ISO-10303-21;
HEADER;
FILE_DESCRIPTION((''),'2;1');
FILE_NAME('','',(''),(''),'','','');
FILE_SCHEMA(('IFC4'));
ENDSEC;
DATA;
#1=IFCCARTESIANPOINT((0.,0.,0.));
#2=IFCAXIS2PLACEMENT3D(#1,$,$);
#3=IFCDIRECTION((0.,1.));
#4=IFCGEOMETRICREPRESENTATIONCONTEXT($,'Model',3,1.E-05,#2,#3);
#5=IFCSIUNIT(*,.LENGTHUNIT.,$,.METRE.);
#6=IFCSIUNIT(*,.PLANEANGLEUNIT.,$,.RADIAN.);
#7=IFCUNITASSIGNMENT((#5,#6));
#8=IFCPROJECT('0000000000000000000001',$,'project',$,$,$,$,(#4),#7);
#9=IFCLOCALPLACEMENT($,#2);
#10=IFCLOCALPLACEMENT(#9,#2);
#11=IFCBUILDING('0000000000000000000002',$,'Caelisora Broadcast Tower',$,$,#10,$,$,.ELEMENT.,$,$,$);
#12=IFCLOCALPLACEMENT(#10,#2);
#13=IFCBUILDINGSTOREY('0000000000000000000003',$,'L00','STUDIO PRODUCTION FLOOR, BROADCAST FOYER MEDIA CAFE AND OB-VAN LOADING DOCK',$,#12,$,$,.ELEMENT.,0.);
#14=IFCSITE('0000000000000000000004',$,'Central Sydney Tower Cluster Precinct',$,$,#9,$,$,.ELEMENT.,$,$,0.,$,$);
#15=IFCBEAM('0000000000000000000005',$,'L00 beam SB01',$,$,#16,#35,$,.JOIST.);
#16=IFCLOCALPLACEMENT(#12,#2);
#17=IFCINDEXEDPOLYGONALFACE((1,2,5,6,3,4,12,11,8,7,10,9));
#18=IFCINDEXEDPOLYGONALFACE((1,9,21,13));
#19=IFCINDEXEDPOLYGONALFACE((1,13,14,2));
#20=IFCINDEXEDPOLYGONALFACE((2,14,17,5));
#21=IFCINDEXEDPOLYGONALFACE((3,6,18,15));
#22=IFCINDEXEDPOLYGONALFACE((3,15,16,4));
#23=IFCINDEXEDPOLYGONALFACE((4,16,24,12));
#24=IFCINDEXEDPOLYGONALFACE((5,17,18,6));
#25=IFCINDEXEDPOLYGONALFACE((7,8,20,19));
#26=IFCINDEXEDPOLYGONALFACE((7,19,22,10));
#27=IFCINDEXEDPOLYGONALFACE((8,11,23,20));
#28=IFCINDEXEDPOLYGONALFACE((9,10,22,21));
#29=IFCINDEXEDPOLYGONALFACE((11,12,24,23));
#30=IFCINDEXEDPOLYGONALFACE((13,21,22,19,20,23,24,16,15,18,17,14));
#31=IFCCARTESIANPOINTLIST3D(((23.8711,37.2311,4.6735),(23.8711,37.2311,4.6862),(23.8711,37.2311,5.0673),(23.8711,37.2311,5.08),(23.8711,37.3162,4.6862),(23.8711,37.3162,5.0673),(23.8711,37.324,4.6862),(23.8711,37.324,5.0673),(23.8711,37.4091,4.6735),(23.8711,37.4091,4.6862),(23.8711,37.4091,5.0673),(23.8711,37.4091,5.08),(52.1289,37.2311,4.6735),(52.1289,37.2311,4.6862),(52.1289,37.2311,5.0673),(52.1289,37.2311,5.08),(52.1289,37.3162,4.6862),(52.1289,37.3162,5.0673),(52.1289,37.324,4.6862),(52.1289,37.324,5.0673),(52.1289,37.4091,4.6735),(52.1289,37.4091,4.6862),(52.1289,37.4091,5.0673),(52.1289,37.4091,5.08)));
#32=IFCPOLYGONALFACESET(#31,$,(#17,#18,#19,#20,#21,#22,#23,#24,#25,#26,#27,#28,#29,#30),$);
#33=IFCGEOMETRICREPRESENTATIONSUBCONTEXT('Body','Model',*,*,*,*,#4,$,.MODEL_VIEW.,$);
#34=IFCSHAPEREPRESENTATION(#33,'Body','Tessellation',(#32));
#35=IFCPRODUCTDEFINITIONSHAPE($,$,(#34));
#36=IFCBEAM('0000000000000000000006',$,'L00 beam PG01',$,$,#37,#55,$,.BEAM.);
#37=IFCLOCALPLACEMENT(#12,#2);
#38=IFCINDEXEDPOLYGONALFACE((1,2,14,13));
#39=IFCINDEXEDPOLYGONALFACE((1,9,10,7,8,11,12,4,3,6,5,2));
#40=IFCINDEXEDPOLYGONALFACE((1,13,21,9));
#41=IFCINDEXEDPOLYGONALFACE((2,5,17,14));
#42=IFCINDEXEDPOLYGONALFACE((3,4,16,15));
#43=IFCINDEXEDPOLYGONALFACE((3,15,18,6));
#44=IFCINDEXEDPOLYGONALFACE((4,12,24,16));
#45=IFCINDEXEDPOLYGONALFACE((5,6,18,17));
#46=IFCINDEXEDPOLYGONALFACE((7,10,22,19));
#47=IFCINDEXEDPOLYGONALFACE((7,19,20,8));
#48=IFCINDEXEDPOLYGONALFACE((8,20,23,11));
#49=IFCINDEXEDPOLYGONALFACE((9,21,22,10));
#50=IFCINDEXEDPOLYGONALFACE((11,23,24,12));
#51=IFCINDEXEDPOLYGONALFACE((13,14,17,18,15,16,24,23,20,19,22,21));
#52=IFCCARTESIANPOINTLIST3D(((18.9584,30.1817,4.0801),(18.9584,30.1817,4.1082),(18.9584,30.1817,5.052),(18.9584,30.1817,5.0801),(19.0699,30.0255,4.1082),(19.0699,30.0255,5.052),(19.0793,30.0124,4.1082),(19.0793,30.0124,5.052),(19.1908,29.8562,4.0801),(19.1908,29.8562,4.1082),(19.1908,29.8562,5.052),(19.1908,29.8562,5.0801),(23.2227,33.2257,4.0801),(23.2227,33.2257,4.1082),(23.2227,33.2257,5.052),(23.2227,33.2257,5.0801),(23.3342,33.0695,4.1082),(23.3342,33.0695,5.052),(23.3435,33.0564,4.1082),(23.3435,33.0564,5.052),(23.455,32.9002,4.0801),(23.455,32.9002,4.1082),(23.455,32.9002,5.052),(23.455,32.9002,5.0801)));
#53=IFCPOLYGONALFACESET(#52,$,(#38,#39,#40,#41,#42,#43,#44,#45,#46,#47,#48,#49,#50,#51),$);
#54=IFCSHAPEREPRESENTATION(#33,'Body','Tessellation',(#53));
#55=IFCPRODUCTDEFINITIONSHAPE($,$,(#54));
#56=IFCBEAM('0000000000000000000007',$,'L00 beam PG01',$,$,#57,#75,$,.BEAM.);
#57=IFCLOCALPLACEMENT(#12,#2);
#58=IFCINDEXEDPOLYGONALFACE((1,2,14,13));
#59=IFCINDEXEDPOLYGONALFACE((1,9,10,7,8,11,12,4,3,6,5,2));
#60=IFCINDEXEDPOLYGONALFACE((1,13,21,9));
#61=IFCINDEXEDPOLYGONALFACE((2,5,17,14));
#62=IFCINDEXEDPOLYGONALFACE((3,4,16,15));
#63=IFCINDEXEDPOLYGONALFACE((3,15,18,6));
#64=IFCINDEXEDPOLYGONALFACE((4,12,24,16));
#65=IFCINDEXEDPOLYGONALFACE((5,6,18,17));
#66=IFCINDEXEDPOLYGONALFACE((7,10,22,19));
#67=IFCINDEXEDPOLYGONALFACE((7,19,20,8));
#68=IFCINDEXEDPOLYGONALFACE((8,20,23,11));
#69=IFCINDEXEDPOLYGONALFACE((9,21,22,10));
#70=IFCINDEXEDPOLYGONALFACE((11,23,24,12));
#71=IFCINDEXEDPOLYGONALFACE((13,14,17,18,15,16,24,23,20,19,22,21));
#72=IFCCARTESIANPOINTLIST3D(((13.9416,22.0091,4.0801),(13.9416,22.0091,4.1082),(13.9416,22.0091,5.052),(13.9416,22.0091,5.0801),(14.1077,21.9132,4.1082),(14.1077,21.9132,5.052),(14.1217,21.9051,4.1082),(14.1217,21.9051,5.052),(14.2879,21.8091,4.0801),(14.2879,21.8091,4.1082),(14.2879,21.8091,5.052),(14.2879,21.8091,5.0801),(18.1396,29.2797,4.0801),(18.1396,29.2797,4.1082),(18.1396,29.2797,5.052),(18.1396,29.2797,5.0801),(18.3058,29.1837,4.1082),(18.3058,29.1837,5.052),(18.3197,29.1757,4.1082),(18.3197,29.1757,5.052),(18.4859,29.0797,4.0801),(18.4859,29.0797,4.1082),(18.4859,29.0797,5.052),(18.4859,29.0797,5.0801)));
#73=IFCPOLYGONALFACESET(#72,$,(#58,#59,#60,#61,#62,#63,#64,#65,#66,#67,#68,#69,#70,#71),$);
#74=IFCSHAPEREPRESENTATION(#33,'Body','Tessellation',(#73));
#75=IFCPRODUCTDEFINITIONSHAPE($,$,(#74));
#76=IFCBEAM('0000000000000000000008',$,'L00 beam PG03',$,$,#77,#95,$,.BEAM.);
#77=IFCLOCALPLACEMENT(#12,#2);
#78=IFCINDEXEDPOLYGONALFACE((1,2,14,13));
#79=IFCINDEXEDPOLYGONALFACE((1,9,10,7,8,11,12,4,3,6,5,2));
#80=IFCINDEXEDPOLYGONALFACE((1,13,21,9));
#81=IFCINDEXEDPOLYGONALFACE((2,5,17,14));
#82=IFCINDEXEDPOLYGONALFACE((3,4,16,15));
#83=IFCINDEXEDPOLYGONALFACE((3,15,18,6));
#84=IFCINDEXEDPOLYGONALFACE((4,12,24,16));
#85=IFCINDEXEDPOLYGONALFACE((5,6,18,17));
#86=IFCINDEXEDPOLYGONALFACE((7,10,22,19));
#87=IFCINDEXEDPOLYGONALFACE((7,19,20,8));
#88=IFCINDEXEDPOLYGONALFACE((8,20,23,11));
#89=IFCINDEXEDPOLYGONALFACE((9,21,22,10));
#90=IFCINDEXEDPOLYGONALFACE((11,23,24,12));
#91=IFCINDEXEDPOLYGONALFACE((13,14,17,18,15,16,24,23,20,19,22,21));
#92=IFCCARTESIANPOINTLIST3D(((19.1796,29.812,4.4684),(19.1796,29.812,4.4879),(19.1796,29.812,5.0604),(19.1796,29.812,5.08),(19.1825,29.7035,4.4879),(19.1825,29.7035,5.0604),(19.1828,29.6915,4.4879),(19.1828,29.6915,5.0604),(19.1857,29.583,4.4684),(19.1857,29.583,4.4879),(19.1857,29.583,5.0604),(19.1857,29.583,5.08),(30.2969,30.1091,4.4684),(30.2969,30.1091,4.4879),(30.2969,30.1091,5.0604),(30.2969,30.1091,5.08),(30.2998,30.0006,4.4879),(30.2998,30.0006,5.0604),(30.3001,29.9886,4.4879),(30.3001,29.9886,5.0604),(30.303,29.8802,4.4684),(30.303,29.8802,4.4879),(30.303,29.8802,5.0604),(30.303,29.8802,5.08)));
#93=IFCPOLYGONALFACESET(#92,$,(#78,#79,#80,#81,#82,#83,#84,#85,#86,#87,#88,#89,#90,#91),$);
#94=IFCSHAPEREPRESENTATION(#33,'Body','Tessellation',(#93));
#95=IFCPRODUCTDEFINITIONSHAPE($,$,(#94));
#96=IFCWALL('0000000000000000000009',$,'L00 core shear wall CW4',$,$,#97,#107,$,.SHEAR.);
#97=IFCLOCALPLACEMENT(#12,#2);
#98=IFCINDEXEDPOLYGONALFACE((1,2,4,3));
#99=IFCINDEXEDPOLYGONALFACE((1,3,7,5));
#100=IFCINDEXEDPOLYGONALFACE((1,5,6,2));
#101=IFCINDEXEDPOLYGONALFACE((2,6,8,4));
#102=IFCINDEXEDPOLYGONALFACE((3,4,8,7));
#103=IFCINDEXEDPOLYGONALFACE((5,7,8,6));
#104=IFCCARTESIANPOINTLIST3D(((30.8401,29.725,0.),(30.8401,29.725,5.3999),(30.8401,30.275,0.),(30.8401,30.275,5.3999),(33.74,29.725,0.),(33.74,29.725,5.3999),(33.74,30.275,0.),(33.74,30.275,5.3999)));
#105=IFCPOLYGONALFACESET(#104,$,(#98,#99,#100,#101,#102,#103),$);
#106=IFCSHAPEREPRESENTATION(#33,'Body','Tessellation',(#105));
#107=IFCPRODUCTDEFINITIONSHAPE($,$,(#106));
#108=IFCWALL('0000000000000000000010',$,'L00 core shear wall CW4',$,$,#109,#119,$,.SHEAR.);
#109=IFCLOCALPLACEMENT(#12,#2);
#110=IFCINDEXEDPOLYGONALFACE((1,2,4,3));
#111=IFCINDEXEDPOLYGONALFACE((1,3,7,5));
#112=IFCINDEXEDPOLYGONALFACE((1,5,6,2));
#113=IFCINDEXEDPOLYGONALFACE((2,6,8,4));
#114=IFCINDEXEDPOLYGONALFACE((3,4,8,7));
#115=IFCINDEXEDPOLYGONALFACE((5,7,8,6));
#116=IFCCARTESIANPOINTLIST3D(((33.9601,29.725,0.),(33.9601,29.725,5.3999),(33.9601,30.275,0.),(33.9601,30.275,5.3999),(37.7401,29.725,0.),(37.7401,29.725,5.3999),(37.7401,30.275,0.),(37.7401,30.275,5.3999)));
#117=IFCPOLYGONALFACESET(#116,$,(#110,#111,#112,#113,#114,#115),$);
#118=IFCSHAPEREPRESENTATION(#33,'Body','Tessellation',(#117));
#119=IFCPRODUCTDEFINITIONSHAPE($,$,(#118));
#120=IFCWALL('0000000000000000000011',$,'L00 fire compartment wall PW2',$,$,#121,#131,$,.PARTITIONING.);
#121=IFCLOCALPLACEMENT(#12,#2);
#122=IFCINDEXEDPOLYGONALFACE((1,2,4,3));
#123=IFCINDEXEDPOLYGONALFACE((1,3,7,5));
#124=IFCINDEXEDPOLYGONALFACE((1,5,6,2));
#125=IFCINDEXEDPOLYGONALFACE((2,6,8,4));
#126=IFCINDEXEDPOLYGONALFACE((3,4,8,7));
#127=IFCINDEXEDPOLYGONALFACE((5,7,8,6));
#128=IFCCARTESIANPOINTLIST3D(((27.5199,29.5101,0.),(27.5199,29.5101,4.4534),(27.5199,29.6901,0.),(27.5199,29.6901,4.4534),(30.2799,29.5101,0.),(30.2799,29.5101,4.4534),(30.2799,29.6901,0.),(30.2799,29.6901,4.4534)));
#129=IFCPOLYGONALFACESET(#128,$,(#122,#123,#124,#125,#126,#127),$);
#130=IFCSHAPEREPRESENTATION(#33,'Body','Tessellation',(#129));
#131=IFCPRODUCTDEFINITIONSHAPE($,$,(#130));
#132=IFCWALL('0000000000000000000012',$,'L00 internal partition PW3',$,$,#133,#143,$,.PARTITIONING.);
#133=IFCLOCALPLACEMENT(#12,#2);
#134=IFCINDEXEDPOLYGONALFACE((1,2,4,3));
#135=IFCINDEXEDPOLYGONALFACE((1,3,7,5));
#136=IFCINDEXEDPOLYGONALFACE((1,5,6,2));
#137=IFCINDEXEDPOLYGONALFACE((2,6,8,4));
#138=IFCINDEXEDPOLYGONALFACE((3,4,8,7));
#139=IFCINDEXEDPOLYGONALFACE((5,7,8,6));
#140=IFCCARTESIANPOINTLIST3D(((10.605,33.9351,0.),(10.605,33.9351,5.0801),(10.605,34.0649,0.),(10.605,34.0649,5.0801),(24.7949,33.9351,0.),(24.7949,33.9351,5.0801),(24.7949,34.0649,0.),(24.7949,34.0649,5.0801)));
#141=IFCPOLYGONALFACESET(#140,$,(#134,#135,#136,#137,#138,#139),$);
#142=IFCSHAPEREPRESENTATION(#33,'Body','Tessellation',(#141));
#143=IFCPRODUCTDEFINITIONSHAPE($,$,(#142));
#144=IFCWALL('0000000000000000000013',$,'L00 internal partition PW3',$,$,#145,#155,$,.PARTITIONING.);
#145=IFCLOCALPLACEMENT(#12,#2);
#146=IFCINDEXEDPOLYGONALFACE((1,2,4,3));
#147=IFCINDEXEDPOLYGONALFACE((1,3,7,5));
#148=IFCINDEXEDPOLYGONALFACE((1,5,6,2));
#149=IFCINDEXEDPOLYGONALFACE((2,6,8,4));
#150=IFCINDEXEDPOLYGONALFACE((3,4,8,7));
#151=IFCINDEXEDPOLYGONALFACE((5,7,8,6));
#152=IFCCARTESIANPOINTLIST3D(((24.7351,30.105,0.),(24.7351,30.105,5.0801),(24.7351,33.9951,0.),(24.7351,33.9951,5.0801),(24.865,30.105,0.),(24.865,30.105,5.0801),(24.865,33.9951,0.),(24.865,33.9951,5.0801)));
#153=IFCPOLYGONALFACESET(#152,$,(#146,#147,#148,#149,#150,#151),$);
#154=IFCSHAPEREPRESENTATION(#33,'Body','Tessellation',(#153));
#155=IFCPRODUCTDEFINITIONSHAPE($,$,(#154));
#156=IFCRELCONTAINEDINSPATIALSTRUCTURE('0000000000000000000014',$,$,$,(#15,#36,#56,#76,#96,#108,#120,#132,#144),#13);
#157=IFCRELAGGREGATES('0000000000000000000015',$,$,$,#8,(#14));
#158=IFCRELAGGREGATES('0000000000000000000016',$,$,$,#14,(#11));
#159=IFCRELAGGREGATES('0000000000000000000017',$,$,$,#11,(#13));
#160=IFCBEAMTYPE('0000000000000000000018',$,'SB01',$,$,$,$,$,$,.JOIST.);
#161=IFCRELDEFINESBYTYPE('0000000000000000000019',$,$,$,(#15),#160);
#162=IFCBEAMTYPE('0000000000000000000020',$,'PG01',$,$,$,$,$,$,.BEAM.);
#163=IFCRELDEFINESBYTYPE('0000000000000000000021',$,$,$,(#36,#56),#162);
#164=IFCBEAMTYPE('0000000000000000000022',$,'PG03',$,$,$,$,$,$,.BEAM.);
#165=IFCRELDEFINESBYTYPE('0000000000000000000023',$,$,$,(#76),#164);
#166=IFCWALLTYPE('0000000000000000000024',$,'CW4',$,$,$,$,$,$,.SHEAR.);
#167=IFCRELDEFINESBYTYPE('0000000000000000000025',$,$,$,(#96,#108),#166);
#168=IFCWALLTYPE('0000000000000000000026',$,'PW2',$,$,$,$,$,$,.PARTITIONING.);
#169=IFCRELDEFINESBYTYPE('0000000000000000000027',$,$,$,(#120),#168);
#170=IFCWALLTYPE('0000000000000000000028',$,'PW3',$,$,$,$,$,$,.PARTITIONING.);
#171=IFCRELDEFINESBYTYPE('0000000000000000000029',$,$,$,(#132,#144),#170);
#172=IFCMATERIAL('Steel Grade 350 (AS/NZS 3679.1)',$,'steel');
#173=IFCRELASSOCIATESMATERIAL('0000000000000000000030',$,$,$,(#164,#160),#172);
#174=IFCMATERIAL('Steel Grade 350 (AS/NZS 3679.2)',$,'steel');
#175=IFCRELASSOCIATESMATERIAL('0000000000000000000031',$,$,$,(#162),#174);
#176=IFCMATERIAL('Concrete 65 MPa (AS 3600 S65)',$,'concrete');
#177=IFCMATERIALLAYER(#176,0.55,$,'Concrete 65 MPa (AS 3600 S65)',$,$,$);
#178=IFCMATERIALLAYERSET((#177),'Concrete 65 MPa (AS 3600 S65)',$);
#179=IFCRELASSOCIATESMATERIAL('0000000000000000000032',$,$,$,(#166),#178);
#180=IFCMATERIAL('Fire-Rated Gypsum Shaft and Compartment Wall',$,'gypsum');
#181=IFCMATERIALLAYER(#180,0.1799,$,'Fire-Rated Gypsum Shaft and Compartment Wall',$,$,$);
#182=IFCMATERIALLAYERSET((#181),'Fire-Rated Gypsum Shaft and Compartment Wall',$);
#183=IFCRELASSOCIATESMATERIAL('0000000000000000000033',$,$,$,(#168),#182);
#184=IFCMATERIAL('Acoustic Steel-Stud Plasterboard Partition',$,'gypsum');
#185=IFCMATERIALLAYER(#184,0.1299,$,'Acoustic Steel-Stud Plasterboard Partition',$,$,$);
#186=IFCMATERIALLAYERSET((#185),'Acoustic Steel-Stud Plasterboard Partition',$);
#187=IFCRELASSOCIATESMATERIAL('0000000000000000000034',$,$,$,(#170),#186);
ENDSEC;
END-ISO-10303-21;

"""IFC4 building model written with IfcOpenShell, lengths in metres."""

from ifc_helpers import new_model, si_unit, direction, frame, frame_2d, origin, origin_2d, place, context, subcontext, project, spatial, rectangle, i_section, extrude, source, transform, mapped, material, layer, layer_set, material_profile, profile_set, type_object, type_shapes, element, save


model = new_model("IFC4")

# Units and contexts
model_context = context("Model", 3, precision=1e-05, world=origin(), true_north=direction((0.0, 1.0)))
body_context = subcontext(model_context, "Body", "Model", "MODEL_VIEW")
ifc_project = project(units=[si_unit("LENGTHUNIT", "METRE"), si_unit("PLANEANGLEUNIT", "RADIAN")], contexts=[model_context])

# Site, building, storey
site_placement = place(None, origin())
site = spatial("IfcSite", under=ifc_project, at=site_placement, Name="Central Sydney Tower Cluster Precinct", CompositionType="ELEMENT", RefElevation=0.0)
building_placement = place(site_placement, origin())
building = spatial("IfcBuilding", under=site, at=building_placement, Name="Caelisora Broadcast Tower", CompositionType="ELEMENT")
storey_placement = place(building_placement, origin())
storey = spatial("IfcBuildingStorey", under=building, at=storey_placement, Name="L00", Description="STUDIO PRODUCTION FLOOR, BROADCAST FOYER MEDIA CAFE AND OB-VAN LOADING DOCK", CompositionType="ELEMENT", Elevation=0.0)

# Shared definitions
ifc_material_1 = material(Name="Steel Grade 350 (AS/NZS 3679.2)", Category="steel")
ifc_material_2 = material(Name="Steel Grade 350 (AS/NZS 3679.1)", Category="steel")

# Beams
ifc_material_profile_1 = material_profile(ifc_material_2, i_section(OverallWidth=0.229, OverallDepth=0.6116, WebThickness=0.012, FlangeThickness=0.0195, at=origin_2d()), Name="Steel Grade 350 (AS/NZS 3679.1)")
ifc_profile_set_1 = profile_set([ifc_material_profile_1], Name="Steel Grade 350 (AS/NZS 3679.1)")
beam_type_1 = type_object("IfcBeamType", Name="PG03", PredefinedType="BEAM", material=ifc_profile_set_1)
ifc_material_profile_2 = material_profile(ifc_material_1, i_section(OverallWidth=0.3999, OverallDepth=1.0, WebThickness=0.0161, FlangeThickness=0.0281, at=origin_2d()), Name="Steel Grade 350 (AS/NZS 3679.2)")
ifc_profile_set_2 = profile_set([ifc_material_profile_2], Name="Steel Grade 350 (AS/NZS 3679.2)")
beam_type_2 = type_object("IfcBeamType", Name="PG01", PredefinedType="BEAM", material=ifc_profile_set_2)
ifc_material_profile_3 = material_profile(ifc_material_2, i_section(OverallWidth=0.178, OverallDepth=0.4065, WebThickness=0.0078, FlangeThickness=0.0127, at=origin_2d()), Name="Steel Grade 350 (AS/NZS 3679.1)")
ifc_profile_set_3 = profile_set([ifc_material_profile_3], Name="Steel Grade 350 (AS/NZS 3679.1)")
beam_type_3 = type_object("IfcBeamType", Name="SB01", PredefinedType="JOIST", material=ifc_profile_set_3)
shared_shape_1 = source(origin(), body_context, "Body", "SweptSolid", [
    extrude(i_section(OverallWidth=0.178, OverallDepth=0.4065, WebThickness=0.0078, FlangeThickness=0.0127, at=origin_2d()), origin(), (0.0, 0.0, 1.0), 28.2578),
])
type_shapes(beam_type_3, [shared_shape_1])
for number, where, z_axis, x_axis, name in (
    (1, (23.8711, 37.3201, 4.8767), (1.0, 0.0, 0.0), (0.0, 1.0, 0.0), "L00 beam SB01"),
):
    element("IfcBeam", number, at=place(storey_placement, frame(where, z_axis=z_axis, x_axis=x_axis)), inside=storey, type_object=beam_type_3, Name=name, PredefinedType="JOIST", context=body_context, shape_type="MappedRepresentation", body=[
        mapped(shared_shape_1, transform((0.0, 0.0, 0.0), scale=1.0)),
    ])
shared_shape_2 = source(origin(), body_context, "Body", "SweptSolid", [
    extrude(i_section(OverallWidth=0.3999, OverallDepth=1.0, WebThickness=0.0161, FlangeThickness=0.0281, at=origin_2d()), origin(), (0.0, 0.0, 1.0), 5.2393),
])
beam_1_placement = place(storey_placement, frame((23.3389, 33.063, 4.5801), z_axis=(-0.813903, -0.581, 0.0), x_axis=(0.581, -0.813903, 0.0)))
element("IfcBeam", 2, at=beam_1_placement, inside=storey, type_object=beam_type_2, Name="L00 beam PG01", PredefinedType="BEAM", context=body_context, shape_type="MappedRepresentation", body=[
    mapped(shared_shape_2, transform((0.0, 0.0, 0.0), scale=1.0)),
])
shared_shape_3 = source(origin(), body_context, "Body", "SweptSolid", [
    extrude(i_section(OverallWidth=0.3999, OverallDepth=1.0, WebThickness=0.0161, FlangeThickness=0.0281, at=origin_2d()), origin(), (0.0, 0.0, 1.0), 8.3955),
])
beam_2_placement = place(storey_placement, frame((18.3127, 29.1797, 4.5801), z_axis=(-0.500033, -0.866006, 0.0), x_axis=(0.866006, -0.500033, 0.0)))
element("IfcBeam", 3, at=beam_2_placement, inside=storey, type_object=beam_type_2, Name="L00 beam PG01", PredefinedType="BEAM", context=body_context, shape_type="MappedRepresentation", body=[
    mapped(shared_shape_3, transform((0.0, 0.0, 0.0), scale=1.0)),
])
shared_shape_4 = source(origin(), body_context, "Body", "SweptSolid", [
    extrude(i_section(OverallWidth=0.229, OverallDepth=0.6116, WebThickness=0.012, FlangeThickness=0.0195, at=origin_2d()), origin(), (0.0, 0.0, 1.0), 11.1213),
])
beam_3_placement = place(storey_placement, frame((19.1826, 29.6975, 4.7742), z_axis=(0.999643, 0.026716, 0.0), x_axis=(-0.026716, 0.999643, 0.0)))
element("IfcBeam", 4, at=beam_3_placement, inside=storey, type_object=beam_type_1, Name="L00 beam PG03", PredefinedType="BEAM", context=body_context, shape_type="MappedRepresentation", body=[
    mapped(shared_shape_4, transform((0.0, 0.0, 0.0), scale=1.0)),
])

# Walls
ifc_material_3 = material(Name="Concrete 65 MPa (AS 3600 S65)", Category="concrete")
ifc_layer_1 = layer(ifc_material_3, 0.55, Name="Concrete 65 MPa (AS 3600 S65)")
ifc_layer_set_1 = layer_set([ifc_layer_1], Name="Concrete 65 MPa (AS 3600 S65)")
wall_type_1 = type_object("IfcWallType", Name="CW4", PredefinedType="SHEAR", material=ifc_layer_set_1)
wall_1_placement = place(storey_placement, frame((30.8401, 30.0, 0.0), z_axis=(0.0, 0.0, 1.0), x_axis=(1.0, 0.0, 0.0)))
element("IfcWall", 5, at=wall_1_placement, inside=storey, type_object=wall_type_1, Name="L00 core shear wall CW4", PredefinedType="SHEAR", context=body_context, shape_type="SweptSolid", body=[
    extrude(rectangle(XDim=2.8999, YDim=0.55, at=frame_2d((1.45, 0.0))), origin(), (0.0, 0.0, 1.0), 5.3999),
])
wall_2_placement = place(storey_placement, frame((33.96, 30.0, 0.0), z_axis=(0.0, 0.0, 1.0), x_axis=(1.0, 0.0, 0.0)))
element("IfcWall", 6, at=wall_2_placement, inside=storey, type_object=wall_type_1, Name="L00 core shear wall CW4", PredefinedType="SHEAR", context=body_context, shape_type="SweptSolid", body=[
    extrude(rectangle(XDim=3.78, YDim=0.55, at=frame_2d((1.8901, 0.0))), origin(), (0.0, 0.0, 1.0), 5.3999),
])
ifc_material_4 = material(Name="Fire-Rated Gypsum Shaft and Compartment Wall", Category="gypsum")
ifc_layer_2 = layer(ifc_material_4, 0.1799, Name="Fire-Rated Gypsum Shaft and Compartment Wall")
ifc_layer_set_2 = layer_set([ifc_layer_2], Name="Fire-Rated Gypsum Shaft and Compartment Wall")
wall_type_2 = type_object("IfcWallType", Name="PW2", PredefinedType="PARTITIONING", material=ifc_layer_set_2)
wall_3_placement = place(storey_placement, frame((27.52, 29.6001, 0.0), z_axis=(0.0, 0.0, 1.0), x_axis=(1.0, 0.0, 0.0)))
element("IfcWall", 7, at=wall_3_placement, inside=storey, type_object=wall_type_2, Name="L00 fire compartment wall PW2", PredefinedType="PARTITIONING", context=body_context, shape_type="SweptSolid", body=[
    extrude(rectangle(XDim=2.76, YDim=0.1799, at=frame_2d((1.3799, 0.0))), origin(), (0.0, 0.0, 1.0), 4.4534),
])

# Walls
ifc_material_5 = material(Name="Acoustic Steel-Stud Plasterboard Partition", Category="gypsum")
ifc_layer_3 = layer(ifc_material_5, 0.1299, Name="Acoustic Steel-Stud Plasterboard Partition")
ifc_layer_set_3 = layer_set([ifc_layer_3], Name="Acoustic Steel-Stud Plasterboard Partition")
wall_type_3 = type_object("IfcWallType", Name="PW3", PredefinedType="PARTITIONING", material=ifc_layer_set_3)
wall_4_placement = place(storey_placement, frame((24.7949, 34.0, 0.0), z_axis=(0.0, 0.0, 1.0), x_axis=(-1.0, 0.0, 0.0)))
element("IfcWall", 8, at=wall_4_placement, inside=storey, type_object=wall_type_3, Name="L00 internal partition PW3", PredefinedType="PARTITIONING", context=body_context, shape_type="SweptSolid", body=[
    extrude(rectangle(XDim=14.1899, YDim=0.1299, at=frame_2d((7.095, 0.0))), origin(), (0.0, 0.0, 1.0), 5.0801),
])
wall_5_placement = place(storey_placement, frame((24.8, 30.105, 0.0), z_axis=(0.0, 0.0, 1.0), x_axis=(0.0, 1.0, 0.0)))
element("IfcWall", 9, at=wall_5_placement, inside=storey, type_object=wall_type_3, Name="L00 internal partition PW3", PredefinedType="PARTITIONING", context=body_context, shape_type="SweptSolid", body=[
    extrude(rectangle(XDim=3.8901, YDim=0.1299, at=frame_2d((1.9451, 0.0))), origin(), (0.0, 0.0, 1.0), 5.0801),
])

save(model, "model.ifc")
